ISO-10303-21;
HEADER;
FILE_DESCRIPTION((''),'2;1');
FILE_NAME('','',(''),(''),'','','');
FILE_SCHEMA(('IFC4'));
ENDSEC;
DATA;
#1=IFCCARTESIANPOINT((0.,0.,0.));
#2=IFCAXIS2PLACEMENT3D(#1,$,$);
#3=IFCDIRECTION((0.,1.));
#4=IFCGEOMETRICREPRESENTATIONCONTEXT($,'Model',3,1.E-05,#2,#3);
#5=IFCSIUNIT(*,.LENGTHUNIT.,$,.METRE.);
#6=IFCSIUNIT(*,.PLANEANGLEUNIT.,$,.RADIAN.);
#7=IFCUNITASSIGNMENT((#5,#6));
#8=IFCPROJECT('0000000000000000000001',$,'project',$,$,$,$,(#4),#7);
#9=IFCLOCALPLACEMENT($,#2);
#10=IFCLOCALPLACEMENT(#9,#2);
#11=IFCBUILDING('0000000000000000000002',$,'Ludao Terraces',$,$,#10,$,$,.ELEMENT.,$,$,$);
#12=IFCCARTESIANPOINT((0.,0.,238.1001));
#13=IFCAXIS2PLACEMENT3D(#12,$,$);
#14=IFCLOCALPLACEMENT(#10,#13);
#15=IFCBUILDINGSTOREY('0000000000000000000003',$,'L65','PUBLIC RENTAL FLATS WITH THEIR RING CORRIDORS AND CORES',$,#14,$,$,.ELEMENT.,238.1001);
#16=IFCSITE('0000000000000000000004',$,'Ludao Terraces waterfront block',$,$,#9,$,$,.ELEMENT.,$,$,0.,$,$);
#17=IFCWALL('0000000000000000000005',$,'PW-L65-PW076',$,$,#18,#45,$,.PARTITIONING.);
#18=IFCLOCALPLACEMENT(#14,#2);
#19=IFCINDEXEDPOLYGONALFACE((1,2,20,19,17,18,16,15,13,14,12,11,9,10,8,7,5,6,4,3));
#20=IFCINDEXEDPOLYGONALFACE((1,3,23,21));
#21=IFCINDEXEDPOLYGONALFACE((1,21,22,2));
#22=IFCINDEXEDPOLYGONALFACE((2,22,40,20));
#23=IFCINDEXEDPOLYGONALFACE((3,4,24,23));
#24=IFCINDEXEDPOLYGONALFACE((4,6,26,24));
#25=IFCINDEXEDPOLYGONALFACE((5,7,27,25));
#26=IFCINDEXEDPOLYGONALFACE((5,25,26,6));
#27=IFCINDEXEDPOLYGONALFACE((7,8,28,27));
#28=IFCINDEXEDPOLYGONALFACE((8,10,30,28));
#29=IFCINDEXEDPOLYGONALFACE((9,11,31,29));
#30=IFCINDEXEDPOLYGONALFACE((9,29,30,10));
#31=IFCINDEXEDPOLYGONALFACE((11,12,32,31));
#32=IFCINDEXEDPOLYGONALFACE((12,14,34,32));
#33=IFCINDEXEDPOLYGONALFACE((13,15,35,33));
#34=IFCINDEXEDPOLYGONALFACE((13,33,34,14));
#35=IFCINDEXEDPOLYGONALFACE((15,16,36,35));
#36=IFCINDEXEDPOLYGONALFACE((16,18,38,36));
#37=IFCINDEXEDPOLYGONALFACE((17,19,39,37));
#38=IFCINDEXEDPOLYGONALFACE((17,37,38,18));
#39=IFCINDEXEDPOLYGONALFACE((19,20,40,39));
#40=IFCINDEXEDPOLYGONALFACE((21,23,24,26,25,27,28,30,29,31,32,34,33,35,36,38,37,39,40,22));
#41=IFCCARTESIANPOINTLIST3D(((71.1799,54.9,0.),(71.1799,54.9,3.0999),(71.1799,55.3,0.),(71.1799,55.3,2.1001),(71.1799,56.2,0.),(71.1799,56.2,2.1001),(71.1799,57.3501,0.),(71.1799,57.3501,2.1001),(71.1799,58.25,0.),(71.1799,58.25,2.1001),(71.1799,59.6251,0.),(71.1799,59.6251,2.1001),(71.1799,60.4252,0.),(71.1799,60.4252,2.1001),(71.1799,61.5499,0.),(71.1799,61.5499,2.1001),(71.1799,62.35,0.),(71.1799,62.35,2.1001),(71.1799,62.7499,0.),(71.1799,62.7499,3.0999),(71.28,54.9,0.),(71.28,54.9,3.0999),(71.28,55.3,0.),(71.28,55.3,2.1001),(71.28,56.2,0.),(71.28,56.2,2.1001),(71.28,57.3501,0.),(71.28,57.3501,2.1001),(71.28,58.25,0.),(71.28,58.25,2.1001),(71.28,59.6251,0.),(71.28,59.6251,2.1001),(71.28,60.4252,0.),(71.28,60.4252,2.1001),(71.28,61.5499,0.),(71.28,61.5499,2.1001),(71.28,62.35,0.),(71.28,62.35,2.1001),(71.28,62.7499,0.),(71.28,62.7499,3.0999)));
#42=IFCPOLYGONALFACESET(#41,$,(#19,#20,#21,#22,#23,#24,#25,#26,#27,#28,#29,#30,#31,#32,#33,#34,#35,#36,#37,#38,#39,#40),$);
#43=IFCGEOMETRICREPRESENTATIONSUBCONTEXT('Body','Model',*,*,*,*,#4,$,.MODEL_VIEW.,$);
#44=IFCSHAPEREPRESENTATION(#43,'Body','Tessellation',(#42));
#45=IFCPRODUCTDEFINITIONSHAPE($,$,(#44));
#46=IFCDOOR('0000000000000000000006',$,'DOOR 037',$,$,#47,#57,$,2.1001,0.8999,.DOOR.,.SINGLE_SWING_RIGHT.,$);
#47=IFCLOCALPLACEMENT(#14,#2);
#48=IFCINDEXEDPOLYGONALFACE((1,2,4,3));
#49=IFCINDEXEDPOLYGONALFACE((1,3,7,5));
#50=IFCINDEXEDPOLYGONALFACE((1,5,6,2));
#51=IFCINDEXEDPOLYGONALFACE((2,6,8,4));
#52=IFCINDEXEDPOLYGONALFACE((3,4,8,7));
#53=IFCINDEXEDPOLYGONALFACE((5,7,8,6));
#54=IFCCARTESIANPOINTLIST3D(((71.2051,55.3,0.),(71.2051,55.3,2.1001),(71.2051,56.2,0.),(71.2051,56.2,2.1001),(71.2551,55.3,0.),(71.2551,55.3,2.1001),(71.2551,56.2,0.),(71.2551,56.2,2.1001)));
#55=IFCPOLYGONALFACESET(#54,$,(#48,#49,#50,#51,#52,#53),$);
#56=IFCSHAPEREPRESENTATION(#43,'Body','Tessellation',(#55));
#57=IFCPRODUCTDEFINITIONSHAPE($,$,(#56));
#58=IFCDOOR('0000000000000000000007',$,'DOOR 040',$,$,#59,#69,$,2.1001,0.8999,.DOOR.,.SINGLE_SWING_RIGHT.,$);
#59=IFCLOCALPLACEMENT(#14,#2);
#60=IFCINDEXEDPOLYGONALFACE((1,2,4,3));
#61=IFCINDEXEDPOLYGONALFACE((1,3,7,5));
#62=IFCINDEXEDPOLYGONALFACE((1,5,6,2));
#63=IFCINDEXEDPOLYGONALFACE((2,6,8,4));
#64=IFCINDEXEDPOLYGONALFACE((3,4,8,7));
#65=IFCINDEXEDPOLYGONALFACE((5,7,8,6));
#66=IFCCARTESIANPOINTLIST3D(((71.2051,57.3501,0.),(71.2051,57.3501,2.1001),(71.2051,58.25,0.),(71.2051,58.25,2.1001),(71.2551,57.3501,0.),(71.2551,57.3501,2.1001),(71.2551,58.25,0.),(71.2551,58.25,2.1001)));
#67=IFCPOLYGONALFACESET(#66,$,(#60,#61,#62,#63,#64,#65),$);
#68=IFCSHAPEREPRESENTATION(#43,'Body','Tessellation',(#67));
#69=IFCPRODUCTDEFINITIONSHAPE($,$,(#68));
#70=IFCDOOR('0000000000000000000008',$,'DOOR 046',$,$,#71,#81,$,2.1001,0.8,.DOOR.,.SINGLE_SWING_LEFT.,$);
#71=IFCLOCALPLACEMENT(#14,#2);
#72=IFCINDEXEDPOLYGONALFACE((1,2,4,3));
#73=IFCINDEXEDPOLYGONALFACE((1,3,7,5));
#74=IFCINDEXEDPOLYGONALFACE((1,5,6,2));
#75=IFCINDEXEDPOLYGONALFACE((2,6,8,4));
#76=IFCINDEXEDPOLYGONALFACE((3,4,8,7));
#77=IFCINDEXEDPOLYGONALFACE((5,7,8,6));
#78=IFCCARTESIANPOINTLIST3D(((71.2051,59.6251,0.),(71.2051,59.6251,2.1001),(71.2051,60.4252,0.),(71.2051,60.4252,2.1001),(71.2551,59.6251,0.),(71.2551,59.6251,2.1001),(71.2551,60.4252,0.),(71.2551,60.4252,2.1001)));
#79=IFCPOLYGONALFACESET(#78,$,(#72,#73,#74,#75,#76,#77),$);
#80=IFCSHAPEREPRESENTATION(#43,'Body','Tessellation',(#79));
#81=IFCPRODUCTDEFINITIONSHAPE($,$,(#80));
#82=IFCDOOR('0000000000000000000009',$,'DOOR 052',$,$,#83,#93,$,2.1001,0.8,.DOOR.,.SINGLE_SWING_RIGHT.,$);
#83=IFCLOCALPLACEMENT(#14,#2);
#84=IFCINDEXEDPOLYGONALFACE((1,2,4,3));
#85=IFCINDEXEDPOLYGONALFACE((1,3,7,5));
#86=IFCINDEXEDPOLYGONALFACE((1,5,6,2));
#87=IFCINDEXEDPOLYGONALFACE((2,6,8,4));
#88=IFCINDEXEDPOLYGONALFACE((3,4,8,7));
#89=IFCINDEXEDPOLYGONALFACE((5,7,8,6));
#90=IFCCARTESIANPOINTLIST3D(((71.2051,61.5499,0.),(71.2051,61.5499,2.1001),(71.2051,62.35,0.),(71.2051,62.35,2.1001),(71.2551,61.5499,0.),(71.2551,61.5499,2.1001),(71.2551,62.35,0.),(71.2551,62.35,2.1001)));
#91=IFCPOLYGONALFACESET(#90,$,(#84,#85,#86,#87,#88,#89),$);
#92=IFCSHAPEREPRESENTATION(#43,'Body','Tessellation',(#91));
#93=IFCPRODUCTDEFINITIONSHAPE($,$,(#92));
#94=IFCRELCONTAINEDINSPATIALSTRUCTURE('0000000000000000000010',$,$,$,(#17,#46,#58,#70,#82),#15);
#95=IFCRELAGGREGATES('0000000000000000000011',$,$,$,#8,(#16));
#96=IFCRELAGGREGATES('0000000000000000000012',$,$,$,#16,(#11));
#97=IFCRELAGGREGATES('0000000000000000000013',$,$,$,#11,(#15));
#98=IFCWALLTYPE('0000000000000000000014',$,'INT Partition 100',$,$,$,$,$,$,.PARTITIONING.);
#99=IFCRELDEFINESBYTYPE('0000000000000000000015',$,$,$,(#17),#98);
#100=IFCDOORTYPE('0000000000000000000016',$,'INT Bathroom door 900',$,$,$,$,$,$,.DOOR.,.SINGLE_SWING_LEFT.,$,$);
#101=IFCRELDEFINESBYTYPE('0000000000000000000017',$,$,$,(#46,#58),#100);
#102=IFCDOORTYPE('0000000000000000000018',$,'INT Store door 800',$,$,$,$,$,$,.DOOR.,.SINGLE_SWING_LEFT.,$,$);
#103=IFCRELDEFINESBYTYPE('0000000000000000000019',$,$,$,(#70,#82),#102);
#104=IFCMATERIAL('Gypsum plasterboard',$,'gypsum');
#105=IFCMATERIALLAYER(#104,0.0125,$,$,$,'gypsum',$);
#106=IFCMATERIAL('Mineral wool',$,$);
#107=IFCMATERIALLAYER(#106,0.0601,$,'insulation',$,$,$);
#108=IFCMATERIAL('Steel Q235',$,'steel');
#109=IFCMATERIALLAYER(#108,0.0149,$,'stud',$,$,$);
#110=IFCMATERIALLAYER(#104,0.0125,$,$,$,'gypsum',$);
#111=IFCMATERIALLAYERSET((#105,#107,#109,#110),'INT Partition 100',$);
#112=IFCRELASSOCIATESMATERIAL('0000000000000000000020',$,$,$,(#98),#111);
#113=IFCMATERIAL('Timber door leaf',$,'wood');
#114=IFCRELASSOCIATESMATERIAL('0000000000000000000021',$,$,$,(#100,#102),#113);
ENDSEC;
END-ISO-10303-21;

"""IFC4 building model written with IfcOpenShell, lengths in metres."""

from ifc_helpers import new_model, si_unit, direction, frame, frame_2d, origin, place, context, subcontext, project, spatial, rectangle, extrude, material, layer, layer_set, type_object, element, fill, save


model = new_model("IFC4")

# Units and contexts
model_context = context("Model", 3, precision=1e-05, world=origin(), true_north=direction((0.0, 1.0)))
body_context = subcontext(model_context, "Body", "Model", "MODEL_VIEW")
ifc_project = project(units=[si_unit("LENGTHUNIT", "METRE"), si_unit("PLANEANGLEUNIT", "RADIAN")], contexts=[model_context])

# Site, building, storey
site_placement = place(None, origin())
site = spatial("IfcSite", under=ifc_project, at=site_placement, Name="Ludao Terraces waterfront block", CompositionType="ELEMENT", RefElevation=0.0)
building_placement = place(site_placement, origin())
building = spatial("IfcBuilding", under=site, at=building_placement, Name="Ludao Terraces", CompositionType="ELEMENT")
storey_placement = place(building_placement, frame((0.0, 0.0, 238.1001)))
storey = spatial("IfcBuildingStorey", under=building, at=storey_placement, Name="L65", Description="PUBLIC RENTAL FLATS WITH THEIR RING CORRIDORS AND CORES", CompositionType="ELEMENT", Elevation=238.1001)

# Shared definitions
ifc_material_1 = material(Name="Gypsum plasterboard", Category="gypsum")
ifc_layer_1 = layer(ifc_material_1, 0.0125, Category="gypsum")
ifc_material_2 = material(Name="Mineral wool")
ifc_layer_2 = layer(ifc_material_2, 0.0601, Name="insulation")
ifc_material_3 = material(Name="Steel Q235", Category="steel")
ifc_layer_3 = layer(ifc_material_3, 0.0149, Name="stud")
ifc_layer_4 = layer(ifc_material_1, 0.0125, Category="gypsum")
ifc_layer_set = layer_set([ifc_layer_1, ifc_layer_2, ifc_layer_3, ifc_layer_4], Name="INT Partition 100")
wall_type = type_object("IfcWallType", Name="INT Partition 100", PredefinedType="PARTITIONING", material=ifc_layer_set)

# Wall, openings, doors
wall_1_placement = place(storey_placement, frame((71.23, 54.9001, 0.0), z_axis=(0.0, 0.0, 1.0), x_axis=(0.0, 1.0, 0.0)))
wall_1 = element("IfcWall", 1, at=wall_1_placement, inside=storey, type_object=wall_type, Name="PW-L65-PW076", PredefinedType="PARTITIONING", context=body_context, shape_type="SweptSolid", body=[
    extrude(rectangle(XDim=7.8499, YDim=0.1001, at=frame_2d((3.9248, 0.0))), origin(), (0.0, 0.0, 1.0), 3.0999),
])
opening_1_placement = place(wall_1_placement, frame((0.3999, 0.0, 0.0)))
opening_1 = element("IfcOpeningElement", 2, at=opening_1_placement, cuts=wall_1, PredefinedType="OPENING", context=body_context, shape_type="SweptSolid", body=[
    extrude(rectangle(XDim=0.8999, YDim=2.1001, at=frame_2d((0.45, 1.05))), frame((0.0, 0.0601, 0.0), z_axis=(0.0, -1.0, 0.0), x_axis=(1.0, 0.0, 0.0)), (0.0, 0.0, 1.0), 0.1201),
])
opening_2_placement = place(wall_1_placement, frame((2.45, 0.0, 0.0)))
opening_2 = element("IfcOpeningElement", 3, at=opening_2_placement, cuts=wall_1, PredefinedType="OPENING", context=body_context, shape_type="SweptSolid", body=[
    extrude(rectangle(XDim=0.8999, YDim=2.1001, at=frame_2d((0.45, 1.05))), frame((0.0, 0.0601, 0.0), z_axis=(0.0, -1.0, 0.0), x_axis=(1.0, 0.0, 0.0)), (0.0, 0.0, 1.0), 0.1201),
])
opening_3_placement = place(wall_1_placement, frame((4.7251, 0.0, 0.0)))
opening_3 = element("IfcOpeningElement", 4, at=opening_3_placement, cuts=wall_1, PredefinedType="OPENING", context=body_context, shape_type="SweptSolid", body=[
    extrude(rectangle(XDim=0.8, YDim=2.1001, at=frame_2d((0.3999, 1.05))), frame((0.0, 0.0601, 0.0), z_axis=(0.0, -1.0, 0.0), x_axis=(1.0, 0.0, 0.0)), (0.0, 0.0, 1.0), 0.1201),
])
opening_4_placement = place(wall_1_placement, frame((6.6499, 0.0, 0.0)))
opening_4 = element("IfcOpeningElement", 5, at=opening_4_placement, cuts=wall_1, PredefinedType="OPENING", context=body_context, shape_type="SweptSolid", body=[
    extrude(rectangle(XDim=0.8, YDim=2.1001, at=frame_2d((0.3999, 1.05))), frame((0.0, 0.0601, 0.0), z_axis=(0.0, -1.0, 0.0), x_axis=(1.0, 0.0, 0.0)), (0.0, 0.0, 1.0), 0.1201),
])
ifc_material_4 = material(Name="Timber door leaf", Category="wood")
door_type_1 = type_object("IfcDoorType", Name="INT Bathroom door 900", OperationType="SINGLE_SWING_LEFT", PredefinedType="DOOR", material=ifc_material_4)
door_1_placement = place(opening_1_placement, origin())
door_1 = element("IfcDoor", 6, at=door_1_placement, inside=storey, type_object=door_type_1, Name="DOOR 037", OperationType="SINGLE_SWING_RIGHT", OverallHeight=2.1001, OverallWidth=0.8999, PredefinedType="DOOR", context=body_context, shape_type="SweptSolid", body=[
    extrude(rectangle(XDim=0.8999, YDim=2.1001, at=frame_2d((0.45, 1.05))), frame((0.0, 0.0249, 0.0), z_axis=(0.0, -1.0, 0.0), x_axis=(1.0, 0.0, 0.0)), (0.0, 0.0, 1.0), 0.05),
])
fill(opening_1, door_1)
door_2_placement = place(opening_2_placement, origin())
door_2 = element("IfcDoor", 7, at=door_2_placement, inside=storey, type_object=door_type_1, Name="DOOR 040", OperationType="SINGLE_SWING_RIGHT", OverallHeight=2.1001, OverallWidth=0.8999, PredefinedType="DOOR", context=body_context, shape_type="SweptSolid", body=[
    extrude(rectangle(XDim=0.8999, YDim=2.1001, at=frame_2d((0.45, 1.05))), frame((0.0, 0.0249, 0.0), z_axis=(0.0, -1.0, 0.0), x_axis=(1.0, 0.0, 0.0)), (0.0, 0.0, 1.0), 0.05),
])
fill(opening_2, door_2)
door_type_2 = type_object("IfcDoorType", Name="INT Store door 800", OperationType="SINGLE_SWING_LEFT", PredefinedType="DOOR", material=ifc_material_4)
door_3_placement = place(opening_3_placement, origin())
door_3 = element("IfcDoor", 8, at=door_3_placement, inside=storey, type_object=door_type_2, Name="DOOR 046", OperationType="SINGLE_SWING_LEFT", OverallHeight=2.1001, OverallWidth=0.8, PredefinedType="DOOR", context=body_context, shape_type="SweptSolid", body=[
    extrude(rectangle(XDim=0.8, YDim=2.1001, at=frame_2d((0.3999, 1.05))), frame((0.0, 0.0249, 0.0), z_axis=(0.0, -1.0, 0.0), x_axis=(1.0, 0.0, 0.0)), (0.0, 0.0, 1.0), 0.05),
])
fill(opening_3, door_3)
door_4_placement = place(opening_4_placement, origin())
door_4 = element("IfcDoor", 9, at=door_4_placement, inside=storey, type_object=door_type_2, Name="DOOR 052", OperationType="SINGLE_SWING_RIGHT", OverallHeight=2.1001, OverallWidth=0.8, PredefinedType="DOOR", context=body_context, shape_type="SweptSolid", body=[
    extrude(rectangle(XDim=0.8, YDim=2.1001, at=frame_2d((0.3999, 1.05))), frame((0.0, 0.0249, 0.0), z_axis=(0.0, -1.0, 0.0), x_axis=(1.0, 0.0, 0.0)), (0.0, 0.0, 1.0), 0.05),
])
fill(opening_4, door_4)

save(model, "model.ifc")
